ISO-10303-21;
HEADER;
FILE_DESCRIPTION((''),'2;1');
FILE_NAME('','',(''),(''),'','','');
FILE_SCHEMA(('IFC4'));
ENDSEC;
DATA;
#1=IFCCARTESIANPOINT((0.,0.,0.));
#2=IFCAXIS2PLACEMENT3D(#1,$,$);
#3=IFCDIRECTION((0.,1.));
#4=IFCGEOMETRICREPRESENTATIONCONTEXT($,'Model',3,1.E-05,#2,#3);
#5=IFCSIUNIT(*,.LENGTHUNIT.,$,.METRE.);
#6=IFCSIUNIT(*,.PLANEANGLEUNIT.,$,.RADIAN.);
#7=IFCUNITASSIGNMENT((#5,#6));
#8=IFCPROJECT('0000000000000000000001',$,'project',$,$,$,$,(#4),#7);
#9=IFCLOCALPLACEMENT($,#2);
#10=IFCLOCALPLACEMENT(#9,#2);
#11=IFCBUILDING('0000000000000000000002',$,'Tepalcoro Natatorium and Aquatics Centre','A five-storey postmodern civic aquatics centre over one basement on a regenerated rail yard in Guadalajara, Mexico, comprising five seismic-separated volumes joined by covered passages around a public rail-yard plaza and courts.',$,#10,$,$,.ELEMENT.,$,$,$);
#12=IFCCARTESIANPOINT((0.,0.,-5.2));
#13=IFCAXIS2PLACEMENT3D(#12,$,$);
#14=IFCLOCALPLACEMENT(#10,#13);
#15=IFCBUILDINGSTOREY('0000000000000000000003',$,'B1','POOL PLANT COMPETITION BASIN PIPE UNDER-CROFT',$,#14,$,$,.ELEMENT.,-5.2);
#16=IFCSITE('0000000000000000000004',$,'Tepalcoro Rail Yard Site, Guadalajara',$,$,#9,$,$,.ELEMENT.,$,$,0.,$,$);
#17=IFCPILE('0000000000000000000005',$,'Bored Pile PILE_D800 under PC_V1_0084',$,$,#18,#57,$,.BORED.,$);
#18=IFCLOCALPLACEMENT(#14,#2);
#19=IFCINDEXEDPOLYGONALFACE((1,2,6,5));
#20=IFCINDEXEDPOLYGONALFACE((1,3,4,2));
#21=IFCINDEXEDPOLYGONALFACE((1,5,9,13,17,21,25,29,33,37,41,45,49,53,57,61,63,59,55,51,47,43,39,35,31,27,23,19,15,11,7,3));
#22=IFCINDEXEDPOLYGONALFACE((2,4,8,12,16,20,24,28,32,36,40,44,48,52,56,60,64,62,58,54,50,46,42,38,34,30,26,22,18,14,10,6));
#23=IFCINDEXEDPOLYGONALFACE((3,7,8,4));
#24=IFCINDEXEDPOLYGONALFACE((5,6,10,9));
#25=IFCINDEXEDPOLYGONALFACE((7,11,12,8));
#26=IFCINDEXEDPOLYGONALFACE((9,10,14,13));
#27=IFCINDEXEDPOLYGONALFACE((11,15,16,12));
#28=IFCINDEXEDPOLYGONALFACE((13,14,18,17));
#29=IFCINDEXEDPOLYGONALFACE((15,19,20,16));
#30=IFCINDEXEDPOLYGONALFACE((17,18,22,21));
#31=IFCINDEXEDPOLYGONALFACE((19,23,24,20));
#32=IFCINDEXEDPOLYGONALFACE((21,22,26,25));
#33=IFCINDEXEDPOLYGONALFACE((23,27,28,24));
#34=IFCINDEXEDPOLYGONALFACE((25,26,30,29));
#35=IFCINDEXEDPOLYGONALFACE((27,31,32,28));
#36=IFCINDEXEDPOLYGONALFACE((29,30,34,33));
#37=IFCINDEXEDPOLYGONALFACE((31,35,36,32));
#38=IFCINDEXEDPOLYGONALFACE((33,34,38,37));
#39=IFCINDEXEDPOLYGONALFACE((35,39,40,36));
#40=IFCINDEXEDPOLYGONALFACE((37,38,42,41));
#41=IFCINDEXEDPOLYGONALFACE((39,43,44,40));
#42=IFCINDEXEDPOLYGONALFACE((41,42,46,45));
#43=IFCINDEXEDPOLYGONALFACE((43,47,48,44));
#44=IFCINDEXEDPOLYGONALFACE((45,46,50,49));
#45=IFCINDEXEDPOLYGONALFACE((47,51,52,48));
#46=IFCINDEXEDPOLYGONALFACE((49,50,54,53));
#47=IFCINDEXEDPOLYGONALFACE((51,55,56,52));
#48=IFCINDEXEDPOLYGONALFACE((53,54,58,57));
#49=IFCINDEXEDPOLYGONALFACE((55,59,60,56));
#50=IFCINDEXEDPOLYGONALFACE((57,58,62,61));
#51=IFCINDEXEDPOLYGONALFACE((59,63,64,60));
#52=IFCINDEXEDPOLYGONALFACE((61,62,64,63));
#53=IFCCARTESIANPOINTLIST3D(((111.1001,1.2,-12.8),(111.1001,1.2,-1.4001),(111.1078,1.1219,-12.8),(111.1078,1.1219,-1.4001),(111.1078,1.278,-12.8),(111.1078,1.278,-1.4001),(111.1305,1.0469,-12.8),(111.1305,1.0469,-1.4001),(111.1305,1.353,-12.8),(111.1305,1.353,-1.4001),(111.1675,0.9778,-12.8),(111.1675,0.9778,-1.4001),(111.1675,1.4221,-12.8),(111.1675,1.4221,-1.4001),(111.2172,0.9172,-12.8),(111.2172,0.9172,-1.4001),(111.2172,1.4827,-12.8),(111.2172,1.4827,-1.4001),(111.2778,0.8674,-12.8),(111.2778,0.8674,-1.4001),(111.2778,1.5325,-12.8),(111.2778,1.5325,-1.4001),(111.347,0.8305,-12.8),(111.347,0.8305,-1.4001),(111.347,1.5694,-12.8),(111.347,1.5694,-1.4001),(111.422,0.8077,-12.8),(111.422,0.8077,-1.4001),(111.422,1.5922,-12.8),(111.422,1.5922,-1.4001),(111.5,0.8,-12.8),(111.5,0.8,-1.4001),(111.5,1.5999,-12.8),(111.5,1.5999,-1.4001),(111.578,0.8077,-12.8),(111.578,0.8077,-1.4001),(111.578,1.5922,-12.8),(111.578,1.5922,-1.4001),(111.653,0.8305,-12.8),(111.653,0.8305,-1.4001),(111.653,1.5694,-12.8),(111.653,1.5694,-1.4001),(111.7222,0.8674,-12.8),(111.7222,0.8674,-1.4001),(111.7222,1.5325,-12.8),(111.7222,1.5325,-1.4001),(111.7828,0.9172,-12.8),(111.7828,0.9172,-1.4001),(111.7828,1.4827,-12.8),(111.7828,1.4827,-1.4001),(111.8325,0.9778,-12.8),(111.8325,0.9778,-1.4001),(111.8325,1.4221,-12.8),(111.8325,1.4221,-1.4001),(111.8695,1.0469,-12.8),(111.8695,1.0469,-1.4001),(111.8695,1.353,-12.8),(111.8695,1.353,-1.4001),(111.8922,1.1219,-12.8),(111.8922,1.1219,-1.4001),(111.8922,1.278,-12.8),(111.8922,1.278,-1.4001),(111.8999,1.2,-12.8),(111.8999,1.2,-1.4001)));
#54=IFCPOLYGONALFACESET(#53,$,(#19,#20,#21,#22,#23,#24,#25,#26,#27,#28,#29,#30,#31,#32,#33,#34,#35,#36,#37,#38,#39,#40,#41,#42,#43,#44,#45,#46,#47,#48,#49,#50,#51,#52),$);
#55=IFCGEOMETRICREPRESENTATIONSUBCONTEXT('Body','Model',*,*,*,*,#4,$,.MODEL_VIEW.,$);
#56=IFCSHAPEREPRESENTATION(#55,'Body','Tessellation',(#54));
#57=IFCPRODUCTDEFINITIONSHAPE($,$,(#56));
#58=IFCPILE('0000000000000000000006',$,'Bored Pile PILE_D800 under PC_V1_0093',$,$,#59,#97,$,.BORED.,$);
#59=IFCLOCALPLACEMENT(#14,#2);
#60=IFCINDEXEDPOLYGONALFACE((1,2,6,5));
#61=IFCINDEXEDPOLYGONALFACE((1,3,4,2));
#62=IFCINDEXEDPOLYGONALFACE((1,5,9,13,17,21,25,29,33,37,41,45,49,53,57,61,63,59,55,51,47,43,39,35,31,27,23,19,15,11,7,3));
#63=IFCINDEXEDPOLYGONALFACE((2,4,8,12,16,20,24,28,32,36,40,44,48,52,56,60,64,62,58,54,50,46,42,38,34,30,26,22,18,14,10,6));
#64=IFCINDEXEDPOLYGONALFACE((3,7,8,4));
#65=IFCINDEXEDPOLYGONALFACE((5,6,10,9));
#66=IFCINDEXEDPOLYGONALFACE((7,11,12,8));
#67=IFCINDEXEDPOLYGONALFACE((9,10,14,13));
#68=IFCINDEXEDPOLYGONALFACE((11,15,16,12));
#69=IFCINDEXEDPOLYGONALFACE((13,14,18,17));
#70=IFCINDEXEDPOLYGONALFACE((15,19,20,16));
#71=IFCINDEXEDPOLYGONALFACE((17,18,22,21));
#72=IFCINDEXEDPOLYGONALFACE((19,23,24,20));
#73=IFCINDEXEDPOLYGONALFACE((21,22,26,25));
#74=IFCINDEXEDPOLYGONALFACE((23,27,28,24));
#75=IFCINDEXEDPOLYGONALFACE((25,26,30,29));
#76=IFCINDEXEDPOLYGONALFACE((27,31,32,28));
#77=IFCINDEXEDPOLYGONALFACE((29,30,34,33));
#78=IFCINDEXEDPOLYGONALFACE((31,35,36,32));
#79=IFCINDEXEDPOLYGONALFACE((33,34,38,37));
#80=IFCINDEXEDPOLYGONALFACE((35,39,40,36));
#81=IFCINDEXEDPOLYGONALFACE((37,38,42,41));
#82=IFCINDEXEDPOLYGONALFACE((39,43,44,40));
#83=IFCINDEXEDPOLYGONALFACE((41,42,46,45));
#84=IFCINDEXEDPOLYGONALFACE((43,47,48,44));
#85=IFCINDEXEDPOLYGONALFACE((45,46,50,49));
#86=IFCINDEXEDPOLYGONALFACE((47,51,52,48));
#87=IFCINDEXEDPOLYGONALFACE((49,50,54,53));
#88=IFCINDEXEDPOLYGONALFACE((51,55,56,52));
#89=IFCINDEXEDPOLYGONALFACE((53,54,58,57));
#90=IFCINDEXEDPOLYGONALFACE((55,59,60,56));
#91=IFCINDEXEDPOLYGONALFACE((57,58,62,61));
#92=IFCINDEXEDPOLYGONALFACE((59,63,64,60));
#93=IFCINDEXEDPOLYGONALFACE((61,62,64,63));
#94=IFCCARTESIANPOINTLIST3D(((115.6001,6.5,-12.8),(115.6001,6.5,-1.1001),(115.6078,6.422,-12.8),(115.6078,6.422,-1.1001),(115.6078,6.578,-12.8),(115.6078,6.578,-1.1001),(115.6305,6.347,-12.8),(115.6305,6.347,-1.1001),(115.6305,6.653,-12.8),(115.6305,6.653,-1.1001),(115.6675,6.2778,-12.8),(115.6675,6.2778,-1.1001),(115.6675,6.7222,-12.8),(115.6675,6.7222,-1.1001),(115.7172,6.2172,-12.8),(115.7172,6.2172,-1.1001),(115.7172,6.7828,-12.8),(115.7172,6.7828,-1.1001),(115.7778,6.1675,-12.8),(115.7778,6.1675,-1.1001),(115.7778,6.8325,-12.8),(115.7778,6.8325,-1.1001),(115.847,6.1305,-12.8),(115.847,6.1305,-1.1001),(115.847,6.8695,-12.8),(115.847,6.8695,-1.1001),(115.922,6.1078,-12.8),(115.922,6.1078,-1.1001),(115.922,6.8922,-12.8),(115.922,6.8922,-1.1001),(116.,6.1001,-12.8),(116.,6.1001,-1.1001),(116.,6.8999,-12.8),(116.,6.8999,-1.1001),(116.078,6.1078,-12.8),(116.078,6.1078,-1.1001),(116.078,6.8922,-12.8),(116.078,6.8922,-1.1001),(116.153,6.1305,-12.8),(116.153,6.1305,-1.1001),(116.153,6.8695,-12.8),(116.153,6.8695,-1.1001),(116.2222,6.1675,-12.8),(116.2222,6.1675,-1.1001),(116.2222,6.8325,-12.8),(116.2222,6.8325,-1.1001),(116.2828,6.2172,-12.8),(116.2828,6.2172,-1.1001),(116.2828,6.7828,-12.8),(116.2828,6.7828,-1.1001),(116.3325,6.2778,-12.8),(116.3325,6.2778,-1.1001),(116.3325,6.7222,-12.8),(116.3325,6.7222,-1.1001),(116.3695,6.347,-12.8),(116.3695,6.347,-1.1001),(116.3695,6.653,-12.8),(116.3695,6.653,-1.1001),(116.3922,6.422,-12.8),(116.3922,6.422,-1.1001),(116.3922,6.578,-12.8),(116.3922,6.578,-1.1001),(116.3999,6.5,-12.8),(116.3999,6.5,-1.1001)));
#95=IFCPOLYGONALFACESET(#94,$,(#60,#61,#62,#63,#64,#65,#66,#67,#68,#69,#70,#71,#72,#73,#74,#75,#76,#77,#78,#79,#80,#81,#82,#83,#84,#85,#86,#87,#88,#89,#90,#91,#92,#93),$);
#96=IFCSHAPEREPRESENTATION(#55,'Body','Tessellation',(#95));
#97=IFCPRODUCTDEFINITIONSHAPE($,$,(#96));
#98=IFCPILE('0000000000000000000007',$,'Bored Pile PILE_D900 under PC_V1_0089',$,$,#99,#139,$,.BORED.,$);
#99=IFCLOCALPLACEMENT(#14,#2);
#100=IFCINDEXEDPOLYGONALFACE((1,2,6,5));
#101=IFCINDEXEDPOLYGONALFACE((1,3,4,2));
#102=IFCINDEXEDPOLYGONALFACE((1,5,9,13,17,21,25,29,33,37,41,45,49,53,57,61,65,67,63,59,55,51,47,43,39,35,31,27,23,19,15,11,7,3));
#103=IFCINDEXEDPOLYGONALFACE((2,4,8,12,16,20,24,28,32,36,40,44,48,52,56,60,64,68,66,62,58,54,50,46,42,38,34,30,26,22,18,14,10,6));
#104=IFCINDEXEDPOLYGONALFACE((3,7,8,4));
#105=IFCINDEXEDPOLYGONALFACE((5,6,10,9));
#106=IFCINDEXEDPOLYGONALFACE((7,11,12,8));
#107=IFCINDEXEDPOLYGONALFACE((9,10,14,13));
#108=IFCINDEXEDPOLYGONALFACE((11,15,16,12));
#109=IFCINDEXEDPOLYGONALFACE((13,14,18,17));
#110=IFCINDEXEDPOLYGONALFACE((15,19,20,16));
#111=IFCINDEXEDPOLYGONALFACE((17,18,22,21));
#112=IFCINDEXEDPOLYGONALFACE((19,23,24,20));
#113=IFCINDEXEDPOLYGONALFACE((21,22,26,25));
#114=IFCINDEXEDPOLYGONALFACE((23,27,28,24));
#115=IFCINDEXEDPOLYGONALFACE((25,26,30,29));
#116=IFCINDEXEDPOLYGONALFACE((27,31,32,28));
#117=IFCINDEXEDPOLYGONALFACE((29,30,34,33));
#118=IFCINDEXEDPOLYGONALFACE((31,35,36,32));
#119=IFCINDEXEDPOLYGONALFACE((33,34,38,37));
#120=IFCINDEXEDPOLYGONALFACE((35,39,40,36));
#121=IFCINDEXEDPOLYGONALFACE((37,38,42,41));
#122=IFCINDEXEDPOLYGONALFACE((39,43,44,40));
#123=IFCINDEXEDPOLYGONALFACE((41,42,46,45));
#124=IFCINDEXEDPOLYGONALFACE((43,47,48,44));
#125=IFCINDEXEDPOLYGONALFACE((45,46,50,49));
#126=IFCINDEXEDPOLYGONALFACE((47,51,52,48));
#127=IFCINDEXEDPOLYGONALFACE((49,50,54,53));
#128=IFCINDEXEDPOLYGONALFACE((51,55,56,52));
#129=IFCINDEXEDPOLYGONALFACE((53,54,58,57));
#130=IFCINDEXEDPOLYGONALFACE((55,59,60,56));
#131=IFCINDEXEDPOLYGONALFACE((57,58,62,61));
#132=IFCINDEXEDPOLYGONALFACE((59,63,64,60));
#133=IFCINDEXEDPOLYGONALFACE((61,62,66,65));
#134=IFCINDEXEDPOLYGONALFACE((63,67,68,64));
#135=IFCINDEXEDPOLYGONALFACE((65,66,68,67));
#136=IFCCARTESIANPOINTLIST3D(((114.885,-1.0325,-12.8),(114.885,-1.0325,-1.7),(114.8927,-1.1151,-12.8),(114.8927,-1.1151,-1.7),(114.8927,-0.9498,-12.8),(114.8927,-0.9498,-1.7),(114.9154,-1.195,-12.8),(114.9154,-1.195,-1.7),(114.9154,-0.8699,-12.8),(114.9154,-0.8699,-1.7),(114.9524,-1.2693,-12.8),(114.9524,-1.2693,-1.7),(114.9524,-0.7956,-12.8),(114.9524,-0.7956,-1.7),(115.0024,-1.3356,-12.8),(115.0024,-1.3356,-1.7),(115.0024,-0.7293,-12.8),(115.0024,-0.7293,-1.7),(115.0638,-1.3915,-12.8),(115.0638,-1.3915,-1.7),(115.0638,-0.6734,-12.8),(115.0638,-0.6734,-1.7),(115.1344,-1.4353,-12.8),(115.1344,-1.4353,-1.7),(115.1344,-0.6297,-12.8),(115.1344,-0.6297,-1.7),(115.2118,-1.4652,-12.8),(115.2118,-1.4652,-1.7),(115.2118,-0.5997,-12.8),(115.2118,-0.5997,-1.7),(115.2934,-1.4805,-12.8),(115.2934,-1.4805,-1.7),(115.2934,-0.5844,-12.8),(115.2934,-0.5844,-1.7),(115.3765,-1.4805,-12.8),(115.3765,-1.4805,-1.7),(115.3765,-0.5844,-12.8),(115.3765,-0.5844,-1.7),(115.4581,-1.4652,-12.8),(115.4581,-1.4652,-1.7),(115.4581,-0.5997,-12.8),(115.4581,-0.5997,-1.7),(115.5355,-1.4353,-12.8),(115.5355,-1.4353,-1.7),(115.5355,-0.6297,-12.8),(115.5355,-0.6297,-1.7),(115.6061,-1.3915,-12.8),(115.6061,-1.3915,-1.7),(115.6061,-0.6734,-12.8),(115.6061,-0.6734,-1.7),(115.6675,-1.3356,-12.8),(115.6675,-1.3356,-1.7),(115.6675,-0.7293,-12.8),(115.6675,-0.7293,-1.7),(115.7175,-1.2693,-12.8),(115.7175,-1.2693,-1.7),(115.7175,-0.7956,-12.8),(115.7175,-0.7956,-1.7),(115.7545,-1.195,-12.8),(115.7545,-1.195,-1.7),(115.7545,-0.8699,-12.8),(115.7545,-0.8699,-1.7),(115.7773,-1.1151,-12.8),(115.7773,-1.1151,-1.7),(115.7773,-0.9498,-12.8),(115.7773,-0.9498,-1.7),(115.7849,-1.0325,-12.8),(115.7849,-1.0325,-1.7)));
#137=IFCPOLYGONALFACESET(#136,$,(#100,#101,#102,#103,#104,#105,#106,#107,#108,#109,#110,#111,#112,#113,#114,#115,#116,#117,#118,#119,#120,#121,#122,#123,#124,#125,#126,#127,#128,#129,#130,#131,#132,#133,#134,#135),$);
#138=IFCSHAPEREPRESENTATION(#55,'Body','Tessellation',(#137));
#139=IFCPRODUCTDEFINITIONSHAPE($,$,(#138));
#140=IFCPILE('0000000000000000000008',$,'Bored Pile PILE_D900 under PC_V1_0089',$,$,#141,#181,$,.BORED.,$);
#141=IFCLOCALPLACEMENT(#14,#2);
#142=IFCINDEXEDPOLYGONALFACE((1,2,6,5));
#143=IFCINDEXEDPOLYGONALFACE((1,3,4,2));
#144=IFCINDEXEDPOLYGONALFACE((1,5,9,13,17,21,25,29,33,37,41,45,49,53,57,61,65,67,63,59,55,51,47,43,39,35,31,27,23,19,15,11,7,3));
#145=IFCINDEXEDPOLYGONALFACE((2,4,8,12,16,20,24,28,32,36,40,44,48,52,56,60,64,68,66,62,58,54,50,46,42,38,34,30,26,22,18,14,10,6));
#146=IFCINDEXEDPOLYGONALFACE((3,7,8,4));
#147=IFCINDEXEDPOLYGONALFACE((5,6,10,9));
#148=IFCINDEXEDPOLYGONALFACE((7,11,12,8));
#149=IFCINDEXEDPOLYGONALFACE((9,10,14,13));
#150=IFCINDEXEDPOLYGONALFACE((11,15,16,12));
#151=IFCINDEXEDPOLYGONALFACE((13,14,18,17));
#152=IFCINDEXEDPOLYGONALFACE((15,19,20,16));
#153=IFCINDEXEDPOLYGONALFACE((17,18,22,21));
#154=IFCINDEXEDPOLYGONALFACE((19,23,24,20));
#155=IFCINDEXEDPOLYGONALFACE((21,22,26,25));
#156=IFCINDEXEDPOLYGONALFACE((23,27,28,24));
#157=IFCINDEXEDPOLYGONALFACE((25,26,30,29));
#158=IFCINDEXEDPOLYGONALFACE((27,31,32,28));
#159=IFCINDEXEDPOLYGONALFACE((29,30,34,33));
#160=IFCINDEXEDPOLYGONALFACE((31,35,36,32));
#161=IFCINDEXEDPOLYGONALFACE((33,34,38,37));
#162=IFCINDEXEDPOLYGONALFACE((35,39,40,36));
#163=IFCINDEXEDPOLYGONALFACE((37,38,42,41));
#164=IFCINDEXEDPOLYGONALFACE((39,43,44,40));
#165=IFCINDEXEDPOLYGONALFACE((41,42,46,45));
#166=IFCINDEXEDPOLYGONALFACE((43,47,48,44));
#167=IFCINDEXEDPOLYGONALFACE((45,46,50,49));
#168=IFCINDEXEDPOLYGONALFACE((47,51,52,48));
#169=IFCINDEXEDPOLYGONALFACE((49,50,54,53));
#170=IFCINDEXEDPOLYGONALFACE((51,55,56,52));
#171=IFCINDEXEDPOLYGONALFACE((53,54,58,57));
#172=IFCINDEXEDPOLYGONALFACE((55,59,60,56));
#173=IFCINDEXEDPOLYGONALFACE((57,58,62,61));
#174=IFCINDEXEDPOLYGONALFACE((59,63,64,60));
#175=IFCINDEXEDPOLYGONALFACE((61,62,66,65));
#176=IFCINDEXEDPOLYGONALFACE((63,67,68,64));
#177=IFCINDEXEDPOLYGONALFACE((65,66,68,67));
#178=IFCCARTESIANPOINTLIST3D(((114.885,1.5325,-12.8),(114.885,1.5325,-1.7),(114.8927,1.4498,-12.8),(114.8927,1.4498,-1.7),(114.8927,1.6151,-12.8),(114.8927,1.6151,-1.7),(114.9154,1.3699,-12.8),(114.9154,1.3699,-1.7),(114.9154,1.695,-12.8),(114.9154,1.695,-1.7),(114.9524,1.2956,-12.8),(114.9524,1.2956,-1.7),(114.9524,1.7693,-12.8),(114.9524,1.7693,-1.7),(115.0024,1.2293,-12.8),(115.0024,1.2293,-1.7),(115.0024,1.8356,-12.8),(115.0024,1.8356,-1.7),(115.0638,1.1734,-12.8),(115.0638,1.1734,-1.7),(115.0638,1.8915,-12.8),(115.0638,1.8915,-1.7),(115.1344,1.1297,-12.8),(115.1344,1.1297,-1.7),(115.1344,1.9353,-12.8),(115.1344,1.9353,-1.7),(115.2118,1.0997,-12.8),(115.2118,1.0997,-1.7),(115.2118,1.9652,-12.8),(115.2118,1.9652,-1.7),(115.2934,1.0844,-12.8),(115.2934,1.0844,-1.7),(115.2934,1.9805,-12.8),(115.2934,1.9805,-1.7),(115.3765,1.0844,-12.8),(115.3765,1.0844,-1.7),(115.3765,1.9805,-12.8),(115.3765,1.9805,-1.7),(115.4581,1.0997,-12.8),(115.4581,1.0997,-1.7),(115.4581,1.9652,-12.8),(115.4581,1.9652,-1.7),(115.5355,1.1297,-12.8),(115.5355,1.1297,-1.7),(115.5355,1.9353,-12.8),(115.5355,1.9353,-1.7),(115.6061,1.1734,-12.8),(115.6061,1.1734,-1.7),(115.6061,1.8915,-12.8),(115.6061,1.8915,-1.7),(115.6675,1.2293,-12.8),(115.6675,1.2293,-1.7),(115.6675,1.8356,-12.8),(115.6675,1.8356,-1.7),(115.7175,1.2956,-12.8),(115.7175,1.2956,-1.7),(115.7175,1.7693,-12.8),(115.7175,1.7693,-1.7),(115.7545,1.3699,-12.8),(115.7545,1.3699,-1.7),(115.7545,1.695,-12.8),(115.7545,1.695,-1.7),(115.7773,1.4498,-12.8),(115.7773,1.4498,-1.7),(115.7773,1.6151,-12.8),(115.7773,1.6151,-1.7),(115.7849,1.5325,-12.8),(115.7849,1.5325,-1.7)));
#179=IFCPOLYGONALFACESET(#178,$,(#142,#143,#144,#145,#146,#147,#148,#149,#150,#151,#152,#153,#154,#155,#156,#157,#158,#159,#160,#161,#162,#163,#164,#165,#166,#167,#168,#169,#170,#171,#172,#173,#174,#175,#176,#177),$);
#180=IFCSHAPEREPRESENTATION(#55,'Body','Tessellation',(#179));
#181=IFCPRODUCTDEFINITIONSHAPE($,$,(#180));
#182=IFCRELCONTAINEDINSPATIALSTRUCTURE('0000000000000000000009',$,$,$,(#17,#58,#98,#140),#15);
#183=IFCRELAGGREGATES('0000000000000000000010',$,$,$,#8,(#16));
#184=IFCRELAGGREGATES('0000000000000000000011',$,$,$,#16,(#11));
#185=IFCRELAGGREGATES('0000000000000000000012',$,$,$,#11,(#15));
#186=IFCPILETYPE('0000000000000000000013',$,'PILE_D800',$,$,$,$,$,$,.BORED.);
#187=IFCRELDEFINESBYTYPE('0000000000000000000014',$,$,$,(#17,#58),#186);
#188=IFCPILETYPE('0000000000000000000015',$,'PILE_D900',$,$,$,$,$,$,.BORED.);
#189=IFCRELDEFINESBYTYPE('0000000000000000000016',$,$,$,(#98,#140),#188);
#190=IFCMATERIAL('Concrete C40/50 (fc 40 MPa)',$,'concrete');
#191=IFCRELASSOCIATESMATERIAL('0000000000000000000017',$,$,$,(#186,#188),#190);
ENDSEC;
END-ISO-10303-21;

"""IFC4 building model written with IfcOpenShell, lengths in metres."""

from ifc_helpers import new_model, si_unit, direction, frame, origin, origin_2d, place, context, subcontext, project, spatial, circle, extrude, material, material_profile, profile_set, type_object, element, save


model = new_model("IFC4")

# Units and contexts
model_context = context("Model", 3, precision=1e-05, world=origin(), true_north=direction((0.0, 1.0)))
body_context = subcontext(model_context, "Body", "Model", "MODEL_VIEW")
ifc_project = project(units=[si_unit("LENGTHUNIT", "METRE"), si_unit("PLANEANGLEUNIT", "RADIAN")], contexts=[model_context])

# Site, building, storey
site_placement = place(None, origin())
site = spatial("IfcSite", under=ifc_project, at=site_placement, Name="Tepalcoro Rail Yard Site, Guadalajara", CompositionType="ELEMENT", RefElevation=0.0)
building_placement = place(site_placement, origin())
building = spatial("IfcBuilding", under=site, at=building_placement, Name="Tepalcoro Natatorium and Aquatics Centre", Description="A five-storey postmodern civic aquatics centre over one basement on a regenerated rail yard in Guadalajara, Mexico, comprising five seismic-separated volumes joined by covered passages around a public rail-yard plaza and courts.", CompositionType="ELEMENT")
storey_placement = place(building_placement, frame((0.0, 0.0, -5.2)))
storey = spatial("IfcBuildingStorey", under=building, at=storey_placement, Name="B1", Description="POOL PLANT COMPETITION BASIN PIPE UNDER-CROFT", CompositionType="ELEMENT", Elevation=-5.2)

# Piles
ifc_material = material(Name="Concrete C40/50 (fc 40 MPa)", Category="concrete")
ifc_material_profile_1 = material_profile(ifc_material, circle(Radius=0.3999, at=origin_2d()), Name="PILE_D800")
ifc_profile_set_1 = profile_set([ifc_material_profile_1], Name="Concrete C40/50 (fc 40 MPa)")
pile_type_1 = type_object("IfcPileType", Name="PILE_D800", PredefinedType="BORED", material=ifc_profile_set_1)
pile_1_placement = place(storey_placement, frame((111.5, 1.2, -1.4001), z_axis=(0.0, 0.0, -1.0), x_axis=(1.0, 0.0, 0.0)))
element("IfcPile", 1, at=pile_1_placement, inside=storey, type_object=pile_type_1, Name="Bored Pile PILE_D800 under PC_V1_0084", PredefinedType="BORED", context=body_context, shape_type="SweptSolid", body=[
    extrude(circle(Radius=0.3999, at=origin_2d()), origin(), (0.0, 0.0, 1.0), 11.3999),
])
pile_2_placement = place(storey_placement, frame((116.0, 6.5, -1.1001), z_axis=(0.0, 0.0, -1.0), x_axis=(1.0, 0.0, 0.0)))
element("IfcPile", 2, at=pile_2_placement, inside=storey, type_object=pile_type_1, Name="Bored Pile PILE_D800 under PC_V1_0093", PredefinedType="BORED", context=body_context, shape_type="SweptSolid", body=[
    extrude(circle(Radius=0.3999, at=origin_2d()), origin(), (0.0, 0.0, 1.0), 11.7),
])
ifc_material_profile_2 = material_profile(ifc_material, circle(Radius=0.45, at=origin_2d()), Name="PILE_D900")
ifc_profile_set_2 = profile_set([ifc_material_profile_2], Name="Concrete C40/50 (fc 40 MPa)")
pile_type_2 = type_object("IfcPileType", Name="PILE_D900", PredefinedType="BORED", material=ifc_profile_set_2)
for number, where, z_axis, x_axis, name in (
    (3, (115.335, -1.0325, -1.7), (0.0, 0.0, -1.0), (1.0, 0.0, 0.0), "Bored Pile PILE_D900 under PC_V1_0089"),
    (4, (115.335, 1.5325, -1.7), (0.0, 0.0, -1.0), (1.0, 0.0, 0.0), "Bored Pile PILE_D900 under PC_V1_0089"),
):
    element("IfcPile", number, at=place(storey_placement, frame(where, z_axis=z_axis, x_axis=x_axis)), inside=storey, type_object=pile_type_2, Name=name, PredefinedType="BORED", context=body_context, shape_type="SweptSolid", body=[
        extrude(circle(Radius=0.45, at=origin_2d()), origin(), (0.0, 0.0, 1.0), 11.1001),
    ])

save(model, "model.ifc")
